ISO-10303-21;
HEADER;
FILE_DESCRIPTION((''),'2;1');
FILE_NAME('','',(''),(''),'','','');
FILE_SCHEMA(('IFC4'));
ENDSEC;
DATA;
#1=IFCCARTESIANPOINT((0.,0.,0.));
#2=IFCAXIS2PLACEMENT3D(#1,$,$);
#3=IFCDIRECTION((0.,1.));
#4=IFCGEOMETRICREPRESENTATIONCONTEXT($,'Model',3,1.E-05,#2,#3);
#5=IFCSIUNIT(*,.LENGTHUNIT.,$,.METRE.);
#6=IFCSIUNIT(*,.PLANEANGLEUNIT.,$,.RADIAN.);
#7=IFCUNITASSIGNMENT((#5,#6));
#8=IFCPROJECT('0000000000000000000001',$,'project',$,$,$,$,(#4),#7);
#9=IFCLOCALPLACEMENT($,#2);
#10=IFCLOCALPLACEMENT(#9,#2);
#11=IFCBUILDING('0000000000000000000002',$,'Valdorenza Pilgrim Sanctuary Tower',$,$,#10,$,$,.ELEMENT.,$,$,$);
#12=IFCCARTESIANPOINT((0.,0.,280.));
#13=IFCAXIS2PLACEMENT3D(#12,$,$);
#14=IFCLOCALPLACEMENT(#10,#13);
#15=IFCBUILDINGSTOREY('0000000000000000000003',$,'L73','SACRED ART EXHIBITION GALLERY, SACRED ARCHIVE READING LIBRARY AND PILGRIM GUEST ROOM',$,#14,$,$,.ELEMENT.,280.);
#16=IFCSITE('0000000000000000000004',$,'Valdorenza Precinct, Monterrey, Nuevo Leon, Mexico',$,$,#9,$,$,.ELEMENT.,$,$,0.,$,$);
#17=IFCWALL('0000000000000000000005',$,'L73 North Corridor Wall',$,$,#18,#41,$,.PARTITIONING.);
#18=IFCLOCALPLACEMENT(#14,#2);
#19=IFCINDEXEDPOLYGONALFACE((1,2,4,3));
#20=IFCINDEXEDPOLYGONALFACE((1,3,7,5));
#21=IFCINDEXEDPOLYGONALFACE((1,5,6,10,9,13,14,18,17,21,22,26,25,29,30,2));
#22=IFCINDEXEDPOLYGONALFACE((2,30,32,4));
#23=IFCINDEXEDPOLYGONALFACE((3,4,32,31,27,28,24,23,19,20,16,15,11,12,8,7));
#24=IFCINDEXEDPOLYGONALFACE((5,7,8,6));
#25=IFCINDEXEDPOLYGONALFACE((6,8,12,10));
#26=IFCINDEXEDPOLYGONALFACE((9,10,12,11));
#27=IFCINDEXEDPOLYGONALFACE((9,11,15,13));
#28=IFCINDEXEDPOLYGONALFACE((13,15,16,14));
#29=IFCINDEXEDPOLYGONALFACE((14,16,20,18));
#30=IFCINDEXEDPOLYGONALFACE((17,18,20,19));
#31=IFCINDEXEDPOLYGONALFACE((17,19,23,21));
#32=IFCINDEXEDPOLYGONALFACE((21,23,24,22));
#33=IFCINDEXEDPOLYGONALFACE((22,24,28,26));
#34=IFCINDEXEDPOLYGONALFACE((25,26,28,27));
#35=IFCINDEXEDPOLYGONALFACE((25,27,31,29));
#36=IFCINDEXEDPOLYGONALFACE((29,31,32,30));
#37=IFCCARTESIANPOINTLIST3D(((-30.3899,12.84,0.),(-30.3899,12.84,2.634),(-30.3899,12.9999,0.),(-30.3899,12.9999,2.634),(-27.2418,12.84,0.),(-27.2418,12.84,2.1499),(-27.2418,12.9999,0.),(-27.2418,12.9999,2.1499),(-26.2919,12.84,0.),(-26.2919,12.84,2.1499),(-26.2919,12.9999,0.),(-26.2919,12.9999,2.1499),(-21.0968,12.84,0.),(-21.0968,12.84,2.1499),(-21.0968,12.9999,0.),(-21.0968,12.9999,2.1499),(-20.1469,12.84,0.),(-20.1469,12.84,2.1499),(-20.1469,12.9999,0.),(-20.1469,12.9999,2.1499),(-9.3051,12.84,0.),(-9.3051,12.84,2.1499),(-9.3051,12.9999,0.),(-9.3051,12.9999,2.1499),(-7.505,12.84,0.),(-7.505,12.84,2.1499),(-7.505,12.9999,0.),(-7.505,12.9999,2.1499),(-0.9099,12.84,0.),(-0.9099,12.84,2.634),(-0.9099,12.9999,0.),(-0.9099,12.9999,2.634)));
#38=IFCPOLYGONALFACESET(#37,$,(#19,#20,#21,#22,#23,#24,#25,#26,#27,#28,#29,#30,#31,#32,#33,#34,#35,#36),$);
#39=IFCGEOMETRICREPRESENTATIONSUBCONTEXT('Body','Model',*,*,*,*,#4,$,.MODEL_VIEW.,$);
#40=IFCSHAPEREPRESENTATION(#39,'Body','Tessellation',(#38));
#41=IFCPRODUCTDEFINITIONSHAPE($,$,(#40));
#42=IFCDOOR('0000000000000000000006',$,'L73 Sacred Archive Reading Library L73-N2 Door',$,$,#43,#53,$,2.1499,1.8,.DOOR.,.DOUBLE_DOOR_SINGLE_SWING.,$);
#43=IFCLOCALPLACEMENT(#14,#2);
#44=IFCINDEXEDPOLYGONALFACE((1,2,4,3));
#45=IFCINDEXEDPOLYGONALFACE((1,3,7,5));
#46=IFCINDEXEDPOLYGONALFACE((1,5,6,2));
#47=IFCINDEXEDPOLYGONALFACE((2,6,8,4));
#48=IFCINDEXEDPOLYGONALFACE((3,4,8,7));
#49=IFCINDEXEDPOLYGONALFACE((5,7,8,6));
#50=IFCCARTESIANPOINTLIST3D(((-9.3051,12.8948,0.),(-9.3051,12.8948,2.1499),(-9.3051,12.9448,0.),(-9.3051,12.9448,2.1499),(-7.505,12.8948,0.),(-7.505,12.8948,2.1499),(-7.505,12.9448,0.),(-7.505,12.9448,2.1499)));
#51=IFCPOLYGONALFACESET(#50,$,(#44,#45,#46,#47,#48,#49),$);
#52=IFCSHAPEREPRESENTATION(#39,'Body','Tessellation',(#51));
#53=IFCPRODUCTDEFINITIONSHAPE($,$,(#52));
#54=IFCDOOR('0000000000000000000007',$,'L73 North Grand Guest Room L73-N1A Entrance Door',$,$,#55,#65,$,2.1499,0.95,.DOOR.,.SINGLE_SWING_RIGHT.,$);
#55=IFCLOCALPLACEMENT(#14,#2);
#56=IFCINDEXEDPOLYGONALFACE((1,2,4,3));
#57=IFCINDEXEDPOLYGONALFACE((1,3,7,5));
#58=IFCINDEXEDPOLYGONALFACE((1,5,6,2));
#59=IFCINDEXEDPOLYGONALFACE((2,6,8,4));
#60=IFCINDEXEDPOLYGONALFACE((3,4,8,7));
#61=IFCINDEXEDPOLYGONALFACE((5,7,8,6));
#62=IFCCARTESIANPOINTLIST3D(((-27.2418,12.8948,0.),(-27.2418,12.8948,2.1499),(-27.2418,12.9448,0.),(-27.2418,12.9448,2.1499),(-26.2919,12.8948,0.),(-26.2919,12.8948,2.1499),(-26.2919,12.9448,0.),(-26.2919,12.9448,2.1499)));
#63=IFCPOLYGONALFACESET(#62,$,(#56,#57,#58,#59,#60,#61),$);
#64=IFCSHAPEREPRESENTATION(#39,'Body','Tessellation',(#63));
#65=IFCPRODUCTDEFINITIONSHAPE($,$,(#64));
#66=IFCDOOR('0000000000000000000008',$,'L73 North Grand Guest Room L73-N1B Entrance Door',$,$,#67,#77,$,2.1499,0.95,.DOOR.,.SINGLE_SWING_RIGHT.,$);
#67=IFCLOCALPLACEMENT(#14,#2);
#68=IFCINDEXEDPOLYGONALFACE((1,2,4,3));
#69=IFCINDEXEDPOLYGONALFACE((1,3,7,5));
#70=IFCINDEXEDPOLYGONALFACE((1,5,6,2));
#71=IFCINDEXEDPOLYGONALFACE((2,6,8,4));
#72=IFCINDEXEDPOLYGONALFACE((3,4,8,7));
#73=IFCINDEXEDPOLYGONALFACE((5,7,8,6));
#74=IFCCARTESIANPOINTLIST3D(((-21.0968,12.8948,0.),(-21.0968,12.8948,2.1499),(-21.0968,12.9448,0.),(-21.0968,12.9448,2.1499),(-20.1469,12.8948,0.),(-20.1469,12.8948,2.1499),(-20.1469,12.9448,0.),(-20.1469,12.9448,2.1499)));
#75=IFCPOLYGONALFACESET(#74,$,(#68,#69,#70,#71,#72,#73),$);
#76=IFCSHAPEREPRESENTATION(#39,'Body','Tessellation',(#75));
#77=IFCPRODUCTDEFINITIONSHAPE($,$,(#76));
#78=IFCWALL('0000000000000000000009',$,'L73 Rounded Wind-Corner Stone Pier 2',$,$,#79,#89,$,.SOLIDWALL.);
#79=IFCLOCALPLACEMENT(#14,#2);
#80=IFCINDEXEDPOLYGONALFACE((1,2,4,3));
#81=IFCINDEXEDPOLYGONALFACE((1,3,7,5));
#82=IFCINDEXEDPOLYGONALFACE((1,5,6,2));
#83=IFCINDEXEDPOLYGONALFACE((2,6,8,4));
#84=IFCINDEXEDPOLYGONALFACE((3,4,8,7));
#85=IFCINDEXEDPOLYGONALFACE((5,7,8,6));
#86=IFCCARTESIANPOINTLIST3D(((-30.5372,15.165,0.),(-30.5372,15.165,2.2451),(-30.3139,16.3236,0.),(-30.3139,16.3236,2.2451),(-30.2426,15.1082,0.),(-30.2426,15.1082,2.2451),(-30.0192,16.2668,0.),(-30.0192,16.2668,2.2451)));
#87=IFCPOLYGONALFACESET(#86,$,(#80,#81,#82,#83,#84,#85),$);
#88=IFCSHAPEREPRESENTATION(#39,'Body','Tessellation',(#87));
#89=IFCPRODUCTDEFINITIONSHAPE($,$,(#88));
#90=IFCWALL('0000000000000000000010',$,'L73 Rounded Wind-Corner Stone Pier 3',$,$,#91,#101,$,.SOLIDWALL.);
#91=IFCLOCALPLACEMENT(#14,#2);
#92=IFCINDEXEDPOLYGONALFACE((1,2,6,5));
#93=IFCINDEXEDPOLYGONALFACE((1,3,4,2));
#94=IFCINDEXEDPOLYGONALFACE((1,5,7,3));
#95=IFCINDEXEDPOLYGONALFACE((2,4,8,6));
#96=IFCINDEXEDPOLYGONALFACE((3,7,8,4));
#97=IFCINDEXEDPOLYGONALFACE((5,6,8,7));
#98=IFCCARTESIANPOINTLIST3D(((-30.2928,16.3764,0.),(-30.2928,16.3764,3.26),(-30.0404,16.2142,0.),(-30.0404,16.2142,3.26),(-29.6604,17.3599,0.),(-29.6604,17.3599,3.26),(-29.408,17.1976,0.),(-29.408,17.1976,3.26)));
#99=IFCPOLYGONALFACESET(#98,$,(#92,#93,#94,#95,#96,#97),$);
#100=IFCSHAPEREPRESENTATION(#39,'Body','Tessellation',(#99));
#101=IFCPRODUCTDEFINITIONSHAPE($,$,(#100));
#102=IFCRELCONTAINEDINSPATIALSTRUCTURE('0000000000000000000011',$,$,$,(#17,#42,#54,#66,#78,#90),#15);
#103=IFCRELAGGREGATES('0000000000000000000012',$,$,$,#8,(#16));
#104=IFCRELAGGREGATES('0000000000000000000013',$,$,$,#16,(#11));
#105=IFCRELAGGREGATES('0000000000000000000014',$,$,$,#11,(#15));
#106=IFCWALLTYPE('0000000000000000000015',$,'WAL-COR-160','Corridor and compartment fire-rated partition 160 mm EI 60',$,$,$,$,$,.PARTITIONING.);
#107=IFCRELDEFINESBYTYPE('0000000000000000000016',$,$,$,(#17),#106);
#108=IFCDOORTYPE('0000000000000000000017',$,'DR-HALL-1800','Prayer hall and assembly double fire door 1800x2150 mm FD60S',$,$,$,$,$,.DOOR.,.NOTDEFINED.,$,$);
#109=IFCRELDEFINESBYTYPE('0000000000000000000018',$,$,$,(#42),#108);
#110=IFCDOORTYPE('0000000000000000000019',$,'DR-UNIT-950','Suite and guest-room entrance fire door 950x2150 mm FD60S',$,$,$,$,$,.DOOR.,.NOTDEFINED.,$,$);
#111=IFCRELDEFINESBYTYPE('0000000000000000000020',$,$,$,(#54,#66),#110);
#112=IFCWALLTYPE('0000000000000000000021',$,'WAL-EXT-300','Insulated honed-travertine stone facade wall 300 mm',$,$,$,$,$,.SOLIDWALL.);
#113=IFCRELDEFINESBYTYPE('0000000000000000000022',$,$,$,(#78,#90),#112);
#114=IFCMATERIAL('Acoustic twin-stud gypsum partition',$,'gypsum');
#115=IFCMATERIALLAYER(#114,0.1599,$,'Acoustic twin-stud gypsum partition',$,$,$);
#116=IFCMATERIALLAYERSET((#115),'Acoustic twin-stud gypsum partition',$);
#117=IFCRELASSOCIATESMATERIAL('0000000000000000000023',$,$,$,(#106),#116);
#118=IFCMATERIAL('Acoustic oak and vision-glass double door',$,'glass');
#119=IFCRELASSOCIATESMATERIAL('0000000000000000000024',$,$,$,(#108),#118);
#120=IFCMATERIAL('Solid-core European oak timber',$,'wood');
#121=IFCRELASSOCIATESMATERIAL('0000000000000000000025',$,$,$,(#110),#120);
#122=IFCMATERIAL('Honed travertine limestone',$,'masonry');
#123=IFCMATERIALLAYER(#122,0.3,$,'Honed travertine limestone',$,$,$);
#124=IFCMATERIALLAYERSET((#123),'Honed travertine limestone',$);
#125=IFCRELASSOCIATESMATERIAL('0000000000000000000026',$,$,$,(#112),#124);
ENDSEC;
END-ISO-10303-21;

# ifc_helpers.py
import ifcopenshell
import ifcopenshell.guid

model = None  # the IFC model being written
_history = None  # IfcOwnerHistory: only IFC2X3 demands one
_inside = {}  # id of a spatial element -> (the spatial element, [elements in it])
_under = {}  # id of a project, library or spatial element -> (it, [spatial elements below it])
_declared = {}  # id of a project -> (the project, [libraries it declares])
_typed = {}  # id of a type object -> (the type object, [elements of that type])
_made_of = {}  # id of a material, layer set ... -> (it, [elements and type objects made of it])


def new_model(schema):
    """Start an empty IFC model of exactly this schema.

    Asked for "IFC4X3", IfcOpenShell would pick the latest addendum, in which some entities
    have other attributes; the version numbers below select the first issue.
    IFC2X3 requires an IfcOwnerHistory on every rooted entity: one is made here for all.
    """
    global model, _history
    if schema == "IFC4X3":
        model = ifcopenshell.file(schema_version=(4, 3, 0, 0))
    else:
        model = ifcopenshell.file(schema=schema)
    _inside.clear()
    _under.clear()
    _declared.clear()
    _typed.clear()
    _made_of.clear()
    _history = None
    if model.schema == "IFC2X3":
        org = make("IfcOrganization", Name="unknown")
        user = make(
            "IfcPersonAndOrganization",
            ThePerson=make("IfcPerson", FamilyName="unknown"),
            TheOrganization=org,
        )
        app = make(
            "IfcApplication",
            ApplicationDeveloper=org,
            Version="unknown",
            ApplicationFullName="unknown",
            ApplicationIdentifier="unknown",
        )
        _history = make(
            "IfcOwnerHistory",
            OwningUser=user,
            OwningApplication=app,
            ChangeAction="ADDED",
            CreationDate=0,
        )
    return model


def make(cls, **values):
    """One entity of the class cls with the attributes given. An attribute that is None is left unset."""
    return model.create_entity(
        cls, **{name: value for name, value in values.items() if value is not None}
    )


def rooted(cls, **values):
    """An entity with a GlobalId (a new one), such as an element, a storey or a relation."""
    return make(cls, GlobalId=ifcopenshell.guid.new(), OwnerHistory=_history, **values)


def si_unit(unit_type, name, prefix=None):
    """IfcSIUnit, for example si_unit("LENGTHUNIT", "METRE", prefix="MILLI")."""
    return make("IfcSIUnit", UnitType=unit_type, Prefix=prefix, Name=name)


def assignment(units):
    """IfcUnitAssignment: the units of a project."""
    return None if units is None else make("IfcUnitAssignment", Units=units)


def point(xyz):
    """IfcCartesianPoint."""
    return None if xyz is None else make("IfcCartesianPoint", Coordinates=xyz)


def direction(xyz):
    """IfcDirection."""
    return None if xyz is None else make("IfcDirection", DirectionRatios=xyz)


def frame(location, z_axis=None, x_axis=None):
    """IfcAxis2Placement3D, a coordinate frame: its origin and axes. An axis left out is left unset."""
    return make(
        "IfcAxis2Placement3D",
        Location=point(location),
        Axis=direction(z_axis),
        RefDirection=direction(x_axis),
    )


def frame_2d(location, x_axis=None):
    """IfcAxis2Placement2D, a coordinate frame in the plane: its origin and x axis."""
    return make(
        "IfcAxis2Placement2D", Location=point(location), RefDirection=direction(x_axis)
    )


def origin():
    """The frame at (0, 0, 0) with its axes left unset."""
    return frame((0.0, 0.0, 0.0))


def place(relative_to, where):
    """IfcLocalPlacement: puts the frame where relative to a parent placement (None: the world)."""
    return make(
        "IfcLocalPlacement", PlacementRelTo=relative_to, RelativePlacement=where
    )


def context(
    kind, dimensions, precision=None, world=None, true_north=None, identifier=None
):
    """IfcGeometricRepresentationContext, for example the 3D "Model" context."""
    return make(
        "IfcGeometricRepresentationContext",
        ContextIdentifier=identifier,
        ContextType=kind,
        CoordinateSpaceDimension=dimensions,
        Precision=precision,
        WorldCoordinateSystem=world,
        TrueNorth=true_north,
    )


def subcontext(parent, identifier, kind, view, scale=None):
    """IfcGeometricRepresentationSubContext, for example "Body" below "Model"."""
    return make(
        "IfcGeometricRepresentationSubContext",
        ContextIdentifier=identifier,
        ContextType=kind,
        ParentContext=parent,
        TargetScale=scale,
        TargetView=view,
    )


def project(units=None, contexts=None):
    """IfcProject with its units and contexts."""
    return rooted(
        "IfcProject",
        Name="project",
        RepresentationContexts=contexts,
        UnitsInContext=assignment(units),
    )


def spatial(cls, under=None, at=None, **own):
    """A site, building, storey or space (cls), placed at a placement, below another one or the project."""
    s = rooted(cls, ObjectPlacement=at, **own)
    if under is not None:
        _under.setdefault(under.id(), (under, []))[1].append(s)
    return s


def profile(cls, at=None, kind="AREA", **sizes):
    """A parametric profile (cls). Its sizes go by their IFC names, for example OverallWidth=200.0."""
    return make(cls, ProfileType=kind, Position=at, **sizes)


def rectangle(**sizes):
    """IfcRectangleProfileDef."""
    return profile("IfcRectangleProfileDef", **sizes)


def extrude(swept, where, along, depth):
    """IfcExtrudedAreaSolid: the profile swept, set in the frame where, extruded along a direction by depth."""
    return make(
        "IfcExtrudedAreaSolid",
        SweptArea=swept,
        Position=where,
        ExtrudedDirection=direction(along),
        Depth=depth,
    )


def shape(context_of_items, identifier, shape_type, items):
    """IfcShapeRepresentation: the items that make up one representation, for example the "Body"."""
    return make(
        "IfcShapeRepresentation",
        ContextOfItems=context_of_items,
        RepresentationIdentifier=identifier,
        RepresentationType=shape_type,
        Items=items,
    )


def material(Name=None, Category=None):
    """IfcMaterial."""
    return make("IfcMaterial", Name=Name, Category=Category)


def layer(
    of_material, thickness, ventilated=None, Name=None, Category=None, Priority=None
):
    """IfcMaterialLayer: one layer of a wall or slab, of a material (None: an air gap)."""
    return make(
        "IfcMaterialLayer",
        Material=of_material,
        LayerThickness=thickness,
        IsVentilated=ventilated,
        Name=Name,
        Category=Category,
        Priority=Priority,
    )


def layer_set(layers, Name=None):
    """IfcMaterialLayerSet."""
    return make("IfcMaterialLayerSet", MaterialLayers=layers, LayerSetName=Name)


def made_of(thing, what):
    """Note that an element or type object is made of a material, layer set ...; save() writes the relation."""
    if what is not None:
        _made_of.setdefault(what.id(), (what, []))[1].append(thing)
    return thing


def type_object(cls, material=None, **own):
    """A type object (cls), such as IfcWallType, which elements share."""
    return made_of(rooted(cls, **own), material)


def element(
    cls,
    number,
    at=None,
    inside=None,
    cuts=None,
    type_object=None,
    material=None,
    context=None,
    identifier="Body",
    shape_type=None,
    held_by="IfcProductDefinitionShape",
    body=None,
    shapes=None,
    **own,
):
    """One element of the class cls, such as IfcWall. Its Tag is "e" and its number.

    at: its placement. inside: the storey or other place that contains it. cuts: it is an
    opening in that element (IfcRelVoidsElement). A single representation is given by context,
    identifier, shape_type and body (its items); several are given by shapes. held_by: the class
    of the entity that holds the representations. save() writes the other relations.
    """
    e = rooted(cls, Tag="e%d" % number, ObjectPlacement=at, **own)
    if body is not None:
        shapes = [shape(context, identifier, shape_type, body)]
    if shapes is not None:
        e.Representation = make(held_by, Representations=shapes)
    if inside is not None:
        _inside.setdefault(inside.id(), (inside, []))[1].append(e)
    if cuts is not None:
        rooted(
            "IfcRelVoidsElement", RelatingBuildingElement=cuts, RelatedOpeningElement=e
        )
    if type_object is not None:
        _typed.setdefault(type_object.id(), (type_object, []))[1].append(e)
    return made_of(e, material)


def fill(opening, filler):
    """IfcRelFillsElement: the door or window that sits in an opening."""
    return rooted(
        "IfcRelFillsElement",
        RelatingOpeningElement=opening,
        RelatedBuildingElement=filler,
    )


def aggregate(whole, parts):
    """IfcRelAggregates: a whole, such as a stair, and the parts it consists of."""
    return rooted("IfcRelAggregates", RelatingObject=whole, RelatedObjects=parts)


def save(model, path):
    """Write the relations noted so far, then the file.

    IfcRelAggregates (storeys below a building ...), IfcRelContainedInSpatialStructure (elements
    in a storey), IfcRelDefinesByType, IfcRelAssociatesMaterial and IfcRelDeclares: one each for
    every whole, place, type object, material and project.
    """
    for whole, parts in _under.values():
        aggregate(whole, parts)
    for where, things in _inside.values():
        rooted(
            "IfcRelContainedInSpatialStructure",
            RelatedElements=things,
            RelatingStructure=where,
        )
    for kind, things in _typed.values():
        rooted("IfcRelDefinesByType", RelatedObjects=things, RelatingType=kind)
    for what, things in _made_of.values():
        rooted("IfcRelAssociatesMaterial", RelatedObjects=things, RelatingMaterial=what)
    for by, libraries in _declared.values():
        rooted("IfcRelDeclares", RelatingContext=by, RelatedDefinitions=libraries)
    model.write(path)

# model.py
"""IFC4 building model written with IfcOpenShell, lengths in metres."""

from ifc_helpers import new_model, si_unit, direction, frame, frame_2d, origin, place, context, subcontext, project, spatial, rectangle, extrude, material, layer, layer_set, type_object, element, fill, save


model = new_model("IFC4")

# Units and contexts
model_context = context("Model", 3, precision=1e-05, world=origin(), true_north=direction((0.0, 1.0)))
body_context = subcontext(model_context, "Body", "Model", "MODEL_VIEW")
ifc_project = project(units=[si_unit("LENGTHUNIT", "METRE"), si_unit("PLANEANGLEUNIT", "RADIAN")], contexts=[model_context])

# Site, building, storey
site_placement = place(None, origin())
site = spatial("IfcSite", under=ifc_project, at=site_placement, Name="Valdorenza Precinct, Monterrey, Nuevo Leon, Mexico", CompositionType="ELEMENT", RefElevation=0.0)
building_placement = place(site_placement, origin())
building = spatial("IfcBuilding", under=site, at=building_placement, Name="Valdorenza Pilgrim Sanctuary Tower", CompositionType="ELEMENT")
storey_placement = place(building_placement, frame((0.0, 0.0, 280.0)))
storey = spatial("IfcBuildingStorey", under=building, at=storey_placement, Name="L73", Description="SACRED ART EXHIBITION GALLERY, SACRED ARCHIVE READING LIBRARY AND PILGRIM GUEST ROOM", CompositionType="ELEMENT", Elevation=280.0)

# Shared definitions
ifc_material_1 = material(Name="Honed travertine limestone", Category="masonry")

# Wall, openings, doors
ifc_material_2 = material(Name="Acoustic twin-stud gypsum partition", Category="gypsum")
ifc_layer_1 = layer(ifc_material_2, 0.1599, Name="Acoustic twin-stud gypsum partition")
ifc_layer_set_1 = layer_set([ifc_layer_1], Name="Acoustic twin-stud gypsum partition")
wall_type_1 = type_object("IfcWallType", Name="WAL-COR-160", Description="Corridor and compartment fire-rated partition 160 mm EI 60", PredefinedType="PARTITIONING", material=ifc_layer_set_1)
wall_1_placement = place(storey_placement, frame((-30.3899, 12.9199, 0.0), z_axis=(0.0, 0.0, 1.0), x_axis=(1.0, 0.0, 0.0)))
wall_1 = element("IfcWall", 1, at=wall_1_placement, inside=storey, type_object=wall_type_1, Name="L73 North Corridor Wall", PredefinedType="PARTITIONING", context=body_context, shape_type="SweptSolid", body=[
    extrude(rectangle(XDim=29.48, YDim=0.1599, at=frame_2d((14.74, 0.0))), origin(), (0.0, 0.0, 1.0), 2.634),
])
opening_1_placement = place(wall_1_placement, frame((3.1479, 0.0, 0.0)))
opening_1 = element("IfcOpeningElement", 2, at=opening_1_placement, cuts=wall_1, PredefinedType="OPENING", context=body_context, shape_type="SweptSolid", body=[
    extrude(rectangle(XDim=0.95, YDim=2.1499, at=frame_2d((0.4751, 1.075))), frame((0.0, 0.0947, 0.0), z_axis=(0.0, -1.0, 0.0), x_axis=(1.0, 0.0, 0.0)), (0.0, 0.0, 1.0), 0.1897),
])
opening_2_placement = place(wall_1_placement, frame((9.293, 0.0, 0.0)))
opening_2 = element("IfcOpeningElement", 3, at=opening_2_placement, cuts=wall_1, PredefinedType="OPENING", context=body_context, shape_type="SweptSolid", body=[
    extrude(rectangle(XDim=0.95, YDim=2.1499, at=frame_2d((0.4751, 1.075))), frame((0.0, 0.0947, 0.0), z_axis=(0.0, -1.0, 0.0), x_axis=(1.0, 0.0, 0.0)), (0.0, 0.0, 1.0), 0.1897),
])
opening_3_placement = place(wall_1_placement, frame((21.085, 0.0, 0.0)))
opening_3 = element("IfcOpeningElement", 4, at=opening_3_placement, cuts=wall_1, PredefinedType="OPENING", context=body_context, shape_type="SweptSolid", body=[
    extrude(rectangle(XDim=1.8, YDim=2.1499, at=frame_2d((0.8999, 1.075))), frame((0.0, 0.0947, 0.0), z_axis=(0.0, -1.0, 0.0), x_axis=(1.0, 0.0, 0.0)), (0.0, 0.0, 1.0), 0.1897),
])
ifc_material_3 = material(Name="Acoustic oak and vision-glass double door", Category="glass")
door_type_1 = type_object("IfcDoorType", Name="DR-HALL-1800", Description="Prayer hall and assembly double fire door 1800x2150 mm FD60S", OperationType="NOTDEFINED", PredefinedType="DOOR", material=ifc_material_3)
door_1_placement = place(opening_3_placement, origin())
door_1 = element("IfcDoor", 5, at=door_1_placement, inside=storey, type_object=door_type_1, Name="L73 Sacred Archive Reading Library L73-N2 Door", OperationType="DOUBLE_DOOR_SINGLE_SWING", OverallHeight=2.1499, OverallWidth=1.8, PredefinedType="DOOR", context=body_context, shape_type="SweptSolid", body=[
    extrude(rectangle(XDim=1.8, YDim=2.1499, at=frame_2d((0.8999, 1.075))), frame((0.0, 0.0249, 0.0), z_axis=(0.0, -1.0, 0.0), x_axis=(1.0, 0.0, 0.0)), (0.0, 0.0, 1.0), 0.05),
])
fill(opening_3, door_1)
ifc_material_4 = material(Name="Solid-core European oak timber", Category="wood")
door_type_2 = type_object("IfcDoorType", Name="DR-UNIT-950", Description="Suite and guest-room entrance fire door 950x2150 mm FD60S", OperationType="NOTDEFINED", PredefinedType="DOOR", material=ifc_material_4)
door_2_placement = place(opening_1_placement, origin())
door_2 = element("IfcDoor", 6, at=door_2_placement, inside=storey, type_object=door_type_2, Name="L73 North Grand Guest Room L73-N1A Entrance Door", OperationType="SINGLE_SWING_RIGHT", OverallHeight=2.1499, OverallWidth=0.95, PredefinedType="DOOR", context=body_context, shape_type="SweptSolid", body=[
    extrude(rectangle(XDim=0.95, YDim=2.1499, at=frame_2d((0.4751, 1.075))), frame((0.0, 0.0249, 0.0), z_axis=(0.0, -1.0, 0.0), x_axis=(1.0, 0.0, 0.0)), (0.0, 0.0, 1.0), 0.05),
])
fill(opening_1, door_2)
door_3_placement = place(opening_2_placement, origin())
door_3 = element("IfcDoor", 7, at=door_3_placement, inside=storey, type_object=door_type_2, Name="L73 North Grand Guest Room L73-N1B Entrance Door", OperationType="SINGLE_SWING_RIGHT", OverallHeight=2.1499, OverallWidth=0.95, PredefinedType="DOOR", context=body_context, shape_type="SweptSolid", body=[
    extrude(rectangle(XDim=0.95, YDim=2.1499, at=frame_2d((0.4751, 1.075))), frame((0.0, 0.0249, 0.0), z_axis=(0.0, -1.0, 0.0), x_axis=(1.0, 0.0, 0.0)), (0.0, 0.0, 1.0), 0.05),
])
fill(opening_2, door_3)

# Walls
ifc_layer_2 = layer(ifc_material_1, 0.3, Name="Honed travertine limestone")
ifc_layer_set_2 = layer_set([ifc_layer_2], Name="Honed travertine limestone")
wall_type_2 = type_object("IfcWallType", Name="WAL-EXT-300", Description="Insulated honed-travertine stone facade wall 300 mm", PredefinedType="SOLIDWALL", material=ifc_layer_set_2)
wall_2_placement = place(storey_placement, frame((-30.3899, 15.1367, 0.0), z_axis=(0.0, 0.0, 1.0), x_axis=(0.189308, 0.981918, 0.0)))
element("IfcWall", 8, at=wall_2_placement, inside=storey, type_object=wall_type_2, Name="L73 Rounded Wind-Corner Stone Pier 2", PredefinedType="SOLIDWALL", context=body_context, shape_type="SweptSolid", body=[
    extrude(rectangle(XDim=1.1799, YDim=0.3, at=frame_2d((0.5898, 0.0))), origin(), (0.0, 0.0, 1.0), 2.2451),
])
wall_3_placement = place(storey_placement, frame((-30.1665, 16.2954, 0.0), z_axis=(0.0, 0.0, 1.0), x_axis=(0.540842, 0.841124, 0.0)))
element("IfcWall", 9, at=wall_3_placement, inside=storey, type_object=wall_type_2, Name="L73 Rounded Wind-Corner Stone Pier 3", PredefinedType="SOLIDWALL", context=body_context, shape_type="SweptSolid", body=[
    extrude(rectangle(XDim=1.1692, YDim=0.3, at=frame_2d((0.5845, 0.0))), origin(), (0.0, 0.0, 1.0), 3.26),
])

save(model, "model.ifc")
